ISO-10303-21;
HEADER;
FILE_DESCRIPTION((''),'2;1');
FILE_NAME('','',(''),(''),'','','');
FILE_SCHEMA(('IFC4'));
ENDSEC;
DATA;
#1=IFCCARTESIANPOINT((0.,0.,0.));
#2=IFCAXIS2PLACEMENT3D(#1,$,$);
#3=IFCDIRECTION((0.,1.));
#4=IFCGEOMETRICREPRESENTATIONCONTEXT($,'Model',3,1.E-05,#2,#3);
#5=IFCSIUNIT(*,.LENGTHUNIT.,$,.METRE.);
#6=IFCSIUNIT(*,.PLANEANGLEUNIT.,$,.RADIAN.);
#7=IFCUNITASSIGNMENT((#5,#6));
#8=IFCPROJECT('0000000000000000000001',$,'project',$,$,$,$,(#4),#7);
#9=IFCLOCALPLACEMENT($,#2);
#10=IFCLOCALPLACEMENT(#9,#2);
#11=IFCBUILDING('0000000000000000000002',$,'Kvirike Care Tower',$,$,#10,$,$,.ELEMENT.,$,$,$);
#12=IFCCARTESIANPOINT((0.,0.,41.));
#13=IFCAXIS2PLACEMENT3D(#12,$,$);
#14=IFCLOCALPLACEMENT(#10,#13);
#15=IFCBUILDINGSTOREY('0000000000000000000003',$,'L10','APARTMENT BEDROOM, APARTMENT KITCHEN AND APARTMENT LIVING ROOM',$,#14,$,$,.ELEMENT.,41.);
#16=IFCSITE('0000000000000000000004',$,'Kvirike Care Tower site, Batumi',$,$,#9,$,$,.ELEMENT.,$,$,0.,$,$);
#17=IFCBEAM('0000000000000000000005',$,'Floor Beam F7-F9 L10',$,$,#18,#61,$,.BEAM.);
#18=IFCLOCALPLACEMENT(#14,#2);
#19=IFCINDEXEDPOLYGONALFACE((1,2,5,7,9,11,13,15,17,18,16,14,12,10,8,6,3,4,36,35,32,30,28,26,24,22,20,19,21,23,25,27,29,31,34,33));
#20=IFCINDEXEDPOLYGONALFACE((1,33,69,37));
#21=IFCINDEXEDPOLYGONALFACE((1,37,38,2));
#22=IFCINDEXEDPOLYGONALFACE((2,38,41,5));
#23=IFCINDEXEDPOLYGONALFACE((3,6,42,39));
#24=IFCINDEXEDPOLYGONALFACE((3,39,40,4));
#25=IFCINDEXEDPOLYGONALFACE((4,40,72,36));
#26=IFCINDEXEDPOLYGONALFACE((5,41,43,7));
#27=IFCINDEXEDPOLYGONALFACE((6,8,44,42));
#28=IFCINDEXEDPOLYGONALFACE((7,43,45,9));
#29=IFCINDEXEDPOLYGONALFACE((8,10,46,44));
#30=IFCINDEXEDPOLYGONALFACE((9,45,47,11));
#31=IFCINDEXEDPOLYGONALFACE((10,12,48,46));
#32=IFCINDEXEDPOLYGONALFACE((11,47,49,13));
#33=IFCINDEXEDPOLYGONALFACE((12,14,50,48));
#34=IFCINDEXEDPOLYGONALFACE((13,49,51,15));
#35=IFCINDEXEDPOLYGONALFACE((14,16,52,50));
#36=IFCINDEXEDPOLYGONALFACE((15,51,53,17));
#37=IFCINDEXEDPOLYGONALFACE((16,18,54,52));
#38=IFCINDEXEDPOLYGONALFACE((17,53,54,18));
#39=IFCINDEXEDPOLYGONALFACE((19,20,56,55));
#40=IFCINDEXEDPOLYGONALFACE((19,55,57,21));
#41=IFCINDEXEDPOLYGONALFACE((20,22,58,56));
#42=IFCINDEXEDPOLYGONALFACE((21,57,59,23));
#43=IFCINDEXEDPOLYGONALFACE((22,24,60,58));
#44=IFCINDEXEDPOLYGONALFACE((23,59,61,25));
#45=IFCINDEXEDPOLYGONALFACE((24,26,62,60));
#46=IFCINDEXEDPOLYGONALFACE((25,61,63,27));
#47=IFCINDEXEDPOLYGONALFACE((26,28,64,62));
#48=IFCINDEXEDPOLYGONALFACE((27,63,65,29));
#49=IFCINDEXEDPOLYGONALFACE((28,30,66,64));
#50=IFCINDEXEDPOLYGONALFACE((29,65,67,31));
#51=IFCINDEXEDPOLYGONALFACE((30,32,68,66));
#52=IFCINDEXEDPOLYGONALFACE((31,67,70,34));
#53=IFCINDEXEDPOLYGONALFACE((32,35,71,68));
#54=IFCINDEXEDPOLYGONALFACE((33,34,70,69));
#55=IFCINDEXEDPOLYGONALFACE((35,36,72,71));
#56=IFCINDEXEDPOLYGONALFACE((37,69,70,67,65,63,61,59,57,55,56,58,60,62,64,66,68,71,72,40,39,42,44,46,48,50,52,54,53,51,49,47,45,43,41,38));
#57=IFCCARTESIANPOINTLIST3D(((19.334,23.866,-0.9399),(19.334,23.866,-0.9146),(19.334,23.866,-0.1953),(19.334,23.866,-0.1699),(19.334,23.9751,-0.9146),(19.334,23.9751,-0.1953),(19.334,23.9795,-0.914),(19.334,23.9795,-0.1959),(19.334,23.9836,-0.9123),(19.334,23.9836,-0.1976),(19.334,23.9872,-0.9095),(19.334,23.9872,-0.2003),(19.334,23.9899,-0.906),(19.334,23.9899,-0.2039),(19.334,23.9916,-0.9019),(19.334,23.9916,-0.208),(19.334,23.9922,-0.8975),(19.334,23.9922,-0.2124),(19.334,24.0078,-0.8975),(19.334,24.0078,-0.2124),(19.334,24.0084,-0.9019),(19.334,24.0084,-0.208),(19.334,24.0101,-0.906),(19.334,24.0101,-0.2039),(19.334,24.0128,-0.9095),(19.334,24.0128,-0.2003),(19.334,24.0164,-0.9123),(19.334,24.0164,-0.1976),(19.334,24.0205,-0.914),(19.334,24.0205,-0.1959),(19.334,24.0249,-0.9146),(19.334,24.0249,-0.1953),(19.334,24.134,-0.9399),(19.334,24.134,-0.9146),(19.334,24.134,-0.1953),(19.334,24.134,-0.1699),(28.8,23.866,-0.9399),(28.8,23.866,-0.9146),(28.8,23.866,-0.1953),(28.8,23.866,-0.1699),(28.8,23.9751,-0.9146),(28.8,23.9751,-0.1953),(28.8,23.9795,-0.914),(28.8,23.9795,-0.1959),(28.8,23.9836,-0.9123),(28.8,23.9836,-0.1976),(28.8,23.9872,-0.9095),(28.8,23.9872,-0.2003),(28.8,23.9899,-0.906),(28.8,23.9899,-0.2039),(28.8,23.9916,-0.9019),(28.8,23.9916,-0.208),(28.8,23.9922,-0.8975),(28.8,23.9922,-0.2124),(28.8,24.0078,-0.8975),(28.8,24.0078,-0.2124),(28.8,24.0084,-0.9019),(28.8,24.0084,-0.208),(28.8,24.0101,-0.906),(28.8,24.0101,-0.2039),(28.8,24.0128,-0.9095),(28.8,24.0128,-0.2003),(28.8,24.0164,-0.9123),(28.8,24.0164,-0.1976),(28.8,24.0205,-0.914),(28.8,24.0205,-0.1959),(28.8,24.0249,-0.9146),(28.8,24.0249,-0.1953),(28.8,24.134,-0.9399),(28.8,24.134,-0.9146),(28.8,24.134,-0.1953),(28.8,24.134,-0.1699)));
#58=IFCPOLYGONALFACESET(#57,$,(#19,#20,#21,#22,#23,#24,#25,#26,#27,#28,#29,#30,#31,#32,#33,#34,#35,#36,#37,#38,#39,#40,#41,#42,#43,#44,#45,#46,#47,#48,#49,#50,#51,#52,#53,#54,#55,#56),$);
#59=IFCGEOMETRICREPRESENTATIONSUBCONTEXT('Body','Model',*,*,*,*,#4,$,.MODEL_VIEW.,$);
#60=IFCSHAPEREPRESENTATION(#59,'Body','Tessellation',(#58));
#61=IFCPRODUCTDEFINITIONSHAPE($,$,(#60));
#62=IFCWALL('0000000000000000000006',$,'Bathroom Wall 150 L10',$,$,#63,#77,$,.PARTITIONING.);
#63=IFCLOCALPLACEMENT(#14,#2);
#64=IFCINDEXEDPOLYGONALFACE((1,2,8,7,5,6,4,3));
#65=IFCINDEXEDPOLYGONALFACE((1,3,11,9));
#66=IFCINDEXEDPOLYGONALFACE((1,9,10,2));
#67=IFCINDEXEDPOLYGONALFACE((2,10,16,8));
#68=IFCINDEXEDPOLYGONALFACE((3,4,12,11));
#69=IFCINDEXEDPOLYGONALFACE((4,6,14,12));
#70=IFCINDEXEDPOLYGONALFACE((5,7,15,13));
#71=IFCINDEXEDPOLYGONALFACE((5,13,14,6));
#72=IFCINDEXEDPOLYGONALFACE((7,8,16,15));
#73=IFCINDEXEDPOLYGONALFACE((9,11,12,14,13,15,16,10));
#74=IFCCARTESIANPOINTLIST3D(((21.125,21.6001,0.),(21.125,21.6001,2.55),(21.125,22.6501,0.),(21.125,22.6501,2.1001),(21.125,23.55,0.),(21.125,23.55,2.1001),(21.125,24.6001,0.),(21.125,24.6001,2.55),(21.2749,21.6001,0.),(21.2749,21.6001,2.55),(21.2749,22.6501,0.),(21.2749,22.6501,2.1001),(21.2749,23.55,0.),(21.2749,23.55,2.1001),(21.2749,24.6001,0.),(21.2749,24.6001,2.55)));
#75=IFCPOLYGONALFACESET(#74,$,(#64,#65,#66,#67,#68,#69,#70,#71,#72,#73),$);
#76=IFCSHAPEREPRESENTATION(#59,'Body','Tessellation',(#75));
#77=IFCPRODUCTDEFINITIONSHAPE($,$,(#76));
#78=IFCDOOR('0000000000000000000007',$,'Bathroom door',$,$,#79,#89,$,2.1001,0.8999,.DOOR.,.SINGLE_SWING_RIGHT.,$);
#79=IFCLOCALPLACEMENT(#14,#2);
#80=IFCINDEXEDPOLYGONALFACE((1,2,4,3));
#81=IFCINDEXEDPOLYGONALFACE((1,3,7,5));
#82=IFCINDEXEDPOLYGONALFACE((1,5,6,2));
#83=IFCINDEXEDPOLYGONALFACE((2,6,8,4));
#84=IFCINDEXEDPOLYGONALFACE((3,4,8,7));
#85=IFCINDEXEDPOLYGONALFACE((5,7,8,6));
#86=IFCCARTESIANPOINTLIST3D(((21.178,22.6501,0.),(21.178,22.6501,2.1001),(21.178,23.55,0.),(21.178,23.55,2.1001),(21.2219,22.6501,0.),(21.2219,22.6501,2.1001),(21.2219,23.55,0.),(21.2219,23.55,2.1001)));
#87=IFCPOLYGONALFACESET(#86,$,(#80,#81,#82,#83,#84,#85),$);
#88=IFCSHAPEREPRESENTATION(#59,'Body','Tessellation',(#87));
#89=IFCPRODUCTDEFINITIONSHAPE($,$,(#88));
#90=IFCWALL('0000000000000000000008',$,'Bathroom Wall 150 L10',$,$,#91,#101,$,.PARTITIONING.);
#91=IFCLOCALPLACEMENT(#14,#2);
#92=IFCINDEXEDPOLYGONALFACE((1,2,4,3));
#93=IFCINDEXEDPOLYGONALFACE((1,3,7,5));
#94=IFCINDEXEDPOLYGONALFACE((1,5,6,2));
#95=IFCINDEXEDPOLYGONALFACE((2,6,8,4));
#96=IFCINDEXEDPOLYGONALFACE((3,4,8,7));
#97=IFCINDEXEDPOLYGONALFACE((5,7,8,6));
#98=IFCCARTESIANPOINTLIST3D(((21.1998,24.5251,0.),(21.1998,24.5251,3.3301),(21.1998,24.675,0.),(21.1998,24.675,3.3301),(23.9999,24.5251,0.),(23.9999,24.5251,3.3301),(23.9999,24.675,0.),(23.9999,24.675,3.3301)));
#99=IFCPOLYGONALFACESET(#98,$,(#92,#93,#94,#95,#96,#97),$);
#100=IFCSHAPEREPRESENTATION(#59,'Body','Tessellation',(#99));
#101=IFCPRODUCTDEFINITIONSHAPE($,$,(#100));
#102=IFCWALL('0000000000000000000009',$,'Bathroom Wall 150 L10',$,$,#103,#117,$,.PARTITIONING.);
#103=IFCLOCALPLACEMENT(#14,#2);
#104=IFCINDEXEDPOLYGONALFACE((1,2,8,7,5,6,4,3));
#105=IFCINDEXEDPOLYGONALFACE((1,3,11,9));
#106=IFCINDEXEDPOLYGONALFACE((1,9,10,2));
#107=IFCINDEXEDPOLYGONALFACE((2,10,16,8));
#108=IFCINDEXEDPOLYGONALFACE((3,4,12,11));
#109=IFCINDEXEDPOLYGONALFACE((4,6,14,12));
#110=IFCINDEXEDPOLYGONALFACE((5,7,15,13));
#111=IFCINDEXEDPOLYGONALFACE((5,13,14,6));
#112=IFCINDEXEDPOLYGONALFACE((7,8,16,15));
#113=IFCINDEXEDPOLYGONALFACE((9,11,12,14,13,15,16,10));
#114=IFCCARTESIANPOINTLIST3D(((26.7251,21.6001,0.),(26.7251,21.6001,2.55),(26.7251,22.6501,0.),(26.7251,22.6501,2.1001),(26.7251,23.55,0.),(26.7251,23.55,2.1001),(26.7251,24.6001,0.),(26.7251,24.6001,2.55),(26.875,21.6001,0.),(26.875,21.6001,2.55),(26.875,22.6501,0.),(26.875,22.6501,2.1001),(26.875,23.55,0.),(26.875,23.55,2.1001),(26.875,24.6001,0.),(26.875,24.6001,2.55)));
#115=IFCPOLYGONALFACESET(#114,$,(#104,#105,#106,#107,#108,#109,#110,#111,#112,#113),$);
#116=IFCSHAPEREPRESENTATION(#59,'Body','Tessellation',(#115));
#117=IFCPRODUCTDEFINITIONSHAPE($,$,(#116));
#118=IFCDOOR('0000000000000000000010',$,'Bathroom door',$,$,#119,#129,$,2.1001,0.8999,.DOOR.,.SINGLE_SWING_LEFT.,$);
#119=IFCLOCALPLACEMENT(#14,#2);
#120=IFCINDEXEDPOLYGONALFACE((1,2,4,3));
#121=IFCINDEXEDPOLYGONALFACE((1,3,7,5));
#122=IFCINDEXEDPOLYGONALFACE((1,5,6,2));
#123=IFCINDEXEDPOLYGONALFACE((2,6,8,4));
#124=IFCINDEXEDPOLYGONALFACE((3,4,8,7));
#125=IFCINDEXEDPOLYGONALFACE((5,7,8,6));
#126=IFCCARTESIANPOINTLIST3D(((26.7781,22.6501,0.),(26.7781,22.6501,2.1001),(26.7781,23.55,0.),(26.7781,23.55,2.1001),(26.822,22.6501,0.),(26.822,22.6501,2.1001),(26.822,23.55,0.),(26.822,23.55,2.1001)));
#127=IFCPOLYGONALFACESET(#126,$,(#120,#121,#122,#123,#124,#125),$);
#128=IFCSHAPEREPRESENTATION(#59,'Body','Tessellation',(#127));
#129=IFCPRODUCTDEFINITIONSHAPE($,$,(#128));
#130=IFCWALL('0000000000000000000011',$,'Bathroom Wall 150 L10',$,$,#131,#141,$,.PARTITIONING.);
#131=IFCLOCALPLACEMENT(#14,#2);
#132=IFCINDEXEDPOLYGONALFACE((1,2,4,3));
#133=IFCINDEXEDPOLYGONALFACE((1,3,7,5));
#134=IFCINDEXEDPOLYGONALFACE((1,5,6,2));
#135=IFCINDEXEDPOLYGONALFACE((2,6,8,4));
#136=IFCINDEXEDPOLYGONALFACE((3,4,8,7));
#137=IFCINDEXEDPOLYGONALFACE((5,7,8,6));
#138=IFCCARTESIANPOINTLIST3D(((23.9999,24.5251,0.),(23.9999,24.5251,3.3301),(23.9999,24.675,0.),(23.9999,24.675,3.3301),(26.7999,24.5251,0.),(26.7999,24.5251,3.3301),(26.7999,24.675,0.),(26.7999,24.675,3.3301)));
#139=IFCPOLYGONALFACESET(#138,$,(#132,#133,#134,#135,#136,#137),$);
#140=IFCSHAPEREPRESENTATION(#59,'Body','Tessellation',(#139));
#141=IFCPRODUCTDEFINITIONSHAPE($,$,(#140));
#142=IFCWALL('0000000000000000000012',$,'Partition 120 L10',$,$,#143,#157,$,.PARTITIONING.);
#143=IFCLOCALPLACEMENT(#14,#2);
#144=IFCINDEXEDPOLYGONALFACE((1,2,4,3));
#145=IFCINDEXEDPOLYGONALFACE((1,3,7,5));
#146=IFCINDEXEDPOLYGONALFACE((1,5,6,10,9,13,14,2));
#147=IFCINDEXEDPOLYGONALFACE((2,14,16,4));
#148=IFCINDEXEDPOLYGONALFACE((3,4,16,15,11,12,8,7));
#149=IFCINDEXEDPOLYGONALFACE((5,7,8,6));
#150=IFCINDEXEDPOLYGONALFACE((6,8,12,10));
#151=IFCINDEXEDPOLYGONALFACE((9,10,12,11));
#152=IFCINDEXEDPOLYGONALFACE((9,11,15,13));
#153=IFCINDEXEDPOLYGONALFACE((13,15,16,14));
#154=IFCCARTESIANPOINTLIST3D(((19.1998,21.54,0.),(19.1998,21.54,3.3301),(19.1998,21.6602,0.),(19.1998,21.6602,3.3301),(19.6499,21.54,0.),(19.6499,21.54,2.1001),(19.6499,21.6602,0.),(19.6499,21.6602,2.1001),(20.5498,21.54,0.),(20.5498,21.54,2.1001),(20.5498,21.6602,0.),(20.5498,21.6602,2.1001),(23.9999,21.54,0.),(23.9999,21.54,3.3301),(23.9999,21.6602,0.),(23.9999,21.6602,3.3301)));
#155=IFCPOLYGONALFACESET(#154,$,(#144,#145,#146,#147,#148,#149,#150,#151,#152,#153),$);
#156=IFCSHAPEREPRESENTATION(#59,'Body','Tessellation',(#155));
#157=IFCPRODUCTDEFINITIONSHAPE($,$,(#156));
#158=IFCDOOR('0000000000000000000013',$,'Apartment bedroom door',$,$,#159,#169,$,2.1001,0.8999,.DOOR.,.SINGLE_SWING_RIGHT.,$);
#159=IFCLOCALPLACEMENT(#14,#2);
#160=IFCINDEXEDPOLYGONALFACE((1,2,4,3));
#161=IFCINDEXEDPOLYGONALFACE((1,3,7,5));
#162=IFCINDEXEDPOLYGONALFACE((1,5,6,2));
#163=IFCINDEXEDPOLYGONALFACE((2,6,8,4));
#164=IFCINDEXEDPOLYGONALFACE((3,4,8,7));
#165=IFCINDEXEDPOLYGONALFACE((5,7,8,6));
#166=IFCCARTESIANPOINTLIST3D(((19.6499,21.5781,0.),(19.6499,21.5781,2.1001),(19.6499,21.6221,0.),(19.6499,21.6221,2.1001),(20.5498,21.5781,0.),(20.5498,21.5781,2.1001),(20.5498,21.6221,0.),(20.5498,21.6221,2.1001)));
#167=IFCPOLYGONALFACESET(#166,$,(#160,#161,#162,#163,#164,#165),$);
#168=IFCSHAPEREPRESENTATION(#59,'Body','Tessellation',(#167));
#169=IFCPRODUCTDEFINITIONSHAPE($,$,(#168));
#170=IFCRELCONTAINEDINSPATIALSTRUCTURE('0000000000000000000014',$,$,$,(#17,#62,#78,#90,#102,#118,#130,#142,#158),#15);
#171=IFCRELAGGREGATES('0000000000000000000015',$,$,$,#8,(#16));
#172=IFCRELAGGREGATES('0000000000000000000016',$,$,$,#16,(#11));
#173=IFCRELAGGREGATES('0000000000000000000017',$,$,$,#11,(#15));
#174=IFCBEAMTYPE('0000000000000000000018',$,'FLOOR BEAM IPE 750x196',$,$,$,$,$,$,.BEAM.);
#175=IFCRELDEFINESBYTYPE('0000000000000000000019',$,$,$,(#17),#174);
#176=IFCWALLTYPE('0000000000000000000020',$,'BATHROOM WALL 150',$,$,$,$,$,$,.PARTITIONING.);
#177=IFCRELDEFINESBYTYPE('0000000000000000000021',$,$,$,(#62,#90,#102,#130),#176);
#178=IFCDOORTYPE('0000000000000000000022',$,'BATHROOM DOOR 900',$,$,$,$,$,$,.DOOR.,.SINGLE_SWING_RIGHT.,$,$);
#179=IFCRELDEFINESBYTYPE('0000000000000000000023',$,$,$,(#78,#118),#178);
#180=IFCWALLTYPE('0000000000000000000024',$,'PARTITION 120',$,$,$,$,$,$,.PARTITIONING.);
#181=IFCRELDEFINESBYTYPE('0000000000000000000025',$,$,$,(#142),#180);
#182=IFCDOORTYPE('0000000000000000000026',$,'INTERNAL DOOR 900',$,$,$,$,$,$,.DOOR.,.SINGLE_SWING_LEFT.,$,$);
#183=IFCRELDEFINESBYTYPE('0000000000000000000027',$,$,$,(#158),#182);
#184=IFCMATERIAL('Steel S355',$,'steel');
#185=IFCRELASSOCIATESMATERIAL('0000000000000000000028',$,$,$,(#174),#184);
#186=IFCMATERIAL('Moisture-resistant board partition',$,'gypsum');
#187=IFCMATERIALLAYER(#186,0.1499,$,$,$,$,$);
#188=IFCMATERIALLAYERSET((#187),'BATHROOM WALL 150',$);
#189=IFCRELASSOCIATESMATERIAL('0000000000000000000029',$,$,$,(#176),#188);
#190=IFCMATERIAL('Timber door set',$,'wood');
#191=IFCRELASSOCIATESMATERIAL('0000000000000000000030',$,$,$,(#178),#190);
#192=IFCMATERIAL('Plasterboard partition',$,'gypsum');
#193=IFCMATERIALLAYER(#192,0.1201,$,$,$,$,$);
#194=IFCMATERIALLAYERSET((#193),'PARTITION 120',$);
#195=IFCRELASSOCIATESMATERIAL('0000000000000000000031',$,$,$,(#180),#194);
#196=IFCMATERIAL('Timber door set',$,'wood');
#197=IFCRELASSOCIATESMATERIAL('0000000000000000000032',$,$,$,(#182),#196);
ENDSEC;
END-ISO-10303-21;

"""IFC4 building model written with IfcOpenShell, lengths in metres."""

from ifc_helpers import new_model, si_unit, direction, frame, frame_2d, origin, origin_2d, place, context, subcontext, project, spatial, rectangle, i_section, extrude, material, layer, layer_set, material_profile, profile_set, type_object, element, fill, save


model = new_model("IFC4")

# Units and contexts
model_context = context("Model", 3, precision=1e-05, world=origin(), true_north=direction((0.0, 1.0)))
body_context = subcontext(model_context, "Body", "Model", "MODEL_VIEW")
ifc_project = project(units=[si_unit("LENGTHUNIT", "METRE"), si_unit("PLANEANGLEUNIT", "RADIAN")], contexts=[model_context])

# Site, building, storey
site_placement = place(None, origin())
site = spatial("IfcSite", under=ifc_project, at=site_placement, Name="Kvirike Care Tower site, Batumi", CompositionType="ELEMENT", RefElevation=0.0)
building_placement = place(site_placement, origin())
building = spatial("IfcBuilding", under=site, at=building_placement, Name="Kvirike Care Tower", CompositionType="ELEMENT")
storey_placement = place(building_placement, frame((0.0, 0.0, 41.0)))
storey = spatial("IfcBuildingStorey", under=building, at=storey_placement, Name="L10", Description="APARTMENT BEDROOM, APARTMENT KITCHEN AND APARTMENT LIVING ROOM", CompositionType="ELEMENT", Elevation=41.0)

# Beam
ifc_material_1 = material(Name="Steel S355", Category="steel")
ifc_material_profile = material_profile(ifc_material_1, i_section(OverallWidth=0.2681, OverallDepth=0.77, WebThickness=0.0156, FlangeThickness=0.0254, FilletRadius=0.0171, at=origin_2d()), Name="IPE 750x196")
ifc_profile_set = profile_set([ifc_material_profile], Name="Steel S355")
beam_type = type_object("IfcBeamType", Name="FLOOR BEAM IPE 750x196", PredefinedType="BEAM", material=ifc_profile_set)
beam_placement = place(storey_placement, frame((19.334, 24.0, -0.5549), z_axis=(1.0, 0.0, 0.0), x_axis=(0.0, 1.0, 0.0)))
element("IfcBeam", 1, at=beam_placement, inside=storey, type_object=beam_type, Name="Floor Beam F7-F9 L10", PredefinedType="BEAM", context=body_context, shape_type="SweptSolid", body=[
    extrude(i_section(OverallWidth=0.2681, OverallDepth=0.77, WebThickness=0.0156, FlangeThickness=0.0254, FilletRadius=0.0171, at=origin_2d()), origin(), (0.0, 0.0, 1.0), 9.4661),
])

# Wall, opening, door
ifc_material_2 = material(Name="Moisture-resistant board partition", Category="gypsum")
ifc_layer_1 = layer(ifc_material_2, 0.1499)
ifc_layer_set_1 = layer_set([ifc_layer_1], Name="BATHROOM WALL 150")
wall_type_1 = type_object("IfcWallType", Name="BATHROOM WALL 150", PredefinedType="PARTITIONING", material=ifc_layer_set_1)
wall_1_placement = place(storey_placement, frame((21.2, 21.6001, 0.0), z_axis=(0.0, 0.0, 1.0), x_axis=(0.0, 1.0, 0.0)))
wall_1 = element("IfcWall", 2, at=wall_1_placement, inside=storey, type_object=wall_type_1, Name="Bathroom Wall 150 L10", PredefinedType="PARTITIONING", context=body_context, shape_type="SweptSolid", body=[
    extrude(rectangle(XDim=3.0, YDim=0.1499, at=frame_2d((1.5, 0.0))), origin(), (0.0, 0.0, 1.0), 2.55),
])
opening_1_placement = place(wall_1_placement, frame((1.05, 0.0, 0.0)))
opening_1 = element("IfcOpeningElement", 3, at=opening_1_placement, cuts=wall_1, PredefinedType="OPENING", context=body_context, shape_type="SweptSolid", body=[
    extrude(rectangle(XDim=0.8999, YDim=2.1001, at=frame_2d((0.45, 1.05))), frame((0.0, 0.0854, 0.0), z_axis=(0.0, -1.0, 0.0), x_axis=(1.0, 0.0, 0.0)), (0.0, 0.0, 1.0), 0.1709),
])
ifc_material_3 = material(Name="Timber door set", Category="wood")
door_type_1 = type_object("IfcDoorType", Name="BATHROOM DOOR 900", OperationType="SINGLE_SWING_RIGHT", PredefinedType="DOOR", material=ifc_material_3)
door_1_placement = place(opening_1_placement, frame((0.8999, 0.0, 0.0), z_axis=(0.0, 0.0, 1.0), x_axis=(-1.0, 0.0, 0.0)))
door_1 = element("IfcDoor", 4, at=door_1_placement, inside=storey, type_object=door_type_1, Name="Bathroom door", OperationType="SINGLE_SWING_RIGHT", OverallHeight=2.1001, OverallWidth=0.8999, PredefinedType="DOOR", context=body_context, shape_type="SweptSolid", body=[
    extrude(rectangle(XDim=0.8999, YDim=2.1001, at=frame_2d((0.45, 1.05))), frame((0.0, 0.022, 0.0), z_axis=(0.0, -1.0, 0.0), x_axis=(1.0, 0.0, 0.0)), (0.0, 0.0, 1.0), 0.0439),
])
fill(opening_1, door_1)

# Wall
wall_2_placement = place(storey_placement, frame((21.2, 24.6001, 0.0), z_axis=(0.0, 0.0, 1.0), x_axis=(1.0, 0.0, 0.0)))
element("IfcWall", 5, at=wall_2_placement, inside=storey, type_object=wall_type_1, Name="Bathroom Wall 150 L10", PredefinedType="PARTITIONING", context=body_context, shape_type="SweptSolid", body=[
    extrude(rectangle(XDim=2.8, YDim=0.1499, at=frame_2d((1.3999, 0.0))), origin(), (0.0, 0.0, 1.0), 3.3301),
])

# Wall, opening, door
wall_3_placement = place(storey_placement, frame((26.8, 21.6001, 0.0), z_axis=(0.0, 0.0, 1.0), x_axis=(0.0, 1.0, 0.0)))
wall_3 = element("IfcWall", 6, at=wall_3_placement, inside=storey, type_object=wall_type_1, Name="Bathroom Wall 150 L10", PredefinedType="PARTITIONING", context=body_context, shape_type="SweptSolid", body=[
    extrude(rectangle(XDim=3.0, YDim=0.1499, at=frame_2d((1.5, 0.0))), origin(), (0.0, 0.0, 1.0), 2.55),
])
opening_2_placement = place(wall_3_placement, frame((1.05, 0.0, 0.0)))
opening_2 = element("IfcOpeningElement", 7, at=opening_2_placement, cuts=wall_3, PredefinedType="OPENING", context=body_context, shape_type="SweptSolid", body=[
    extrude(rectangle(XDim=0.8999, YDim=2.1001, at=frame_2d((0.45, 1.05))), frame((0.0, 0.0854, 0.0), z_axis=(0.0, -1.0, 0.0), x_axis=(1.0, 0.0, 0.0)), (0.0, 0.0, 1.0), 0.1709),
])
door_2_placement = place(opening_2_placement, origin())
door_2 = element("IfcDoor", 8, at=door_2_placement, inside=storey, type_object=door_type_1, Name="Bathroom door", OperationType="SINGLE_SWING_LEFT", OverallHeight=2.1001, OverallWidth=0.8999, PredefinedType="DOOR", context=body_context, shape_type="SweptSolid", body=[
    extrude(rectangle(XDim=0.8999, YDim=2.1001, at=frame_2d((0.45, 1.05))), frame((0.0, 0.022, 0.0), z_axis=(0.0, -1.0, 0.0), x_axis=(1.0, 0.0, 0.0)), (0.0, 0.0, 1.0), 0.0439),
])
fill(opening_2, door_2)

# Wall
wall_4_placement = place(storey_placement, frame((24.0, 24.6001, 0.0), z_axis=(0.0, 0.0, 1.0), x_axis=(1.0, 0.0, 0.0)))
element("IfcWall", 9, at=wall_4_placement, inside=storey, type_object=wall_type_1, Name="Bathroom Wall 150 L10", PredefinedType="PARTITIONING", context=body_context, shape_type="SweptSolid", body=[
    extrude(rectangle(XDim=2.8, YDim=0.1499, at=frame_2d((1.3999, 0.0))), origin(), (0.0, 0.0, 1.0), 3.3301),
])

# Wall, opening, door
ifc_material_4 = material(Name="Plasterboard partition", Category="gypsum")
ifc_layer_2 = layer(ifc_material_4, 0.1201)
ifc_layer_set_2 = layer_set([ifc_layer_2], Name="PARTITION 120")
wall_type_2 = type_object("IfcWallType", Name="PARTITION 120", PredefinedType="PARTITIONING", material=ifc_layer_set_2)
wall_5_placement = place(storey_placement, frame((19.2, 21.6001, 0.0), z_axis=(0.0, 0.0, 1.0), x_axis=(1.0, 0.0, 0.0)))
wall_5 = element("IfcWall", 10, at=wall_5_placement, inside=storey, type_object=wall_type_2, Name="Partition 120 L10", PredefinedType="PARTITIONING", context=body_context, shape_type="SweptSolid", body=[
    extrude(rectangle(XDim=4.8, YDim=0.1201, at=frame_2d((2.3999, 0.0))), origin(), (0.0, 0.0, 1.0), 3.3301),
])
opening_3_placement = place(wall_5_placement, frame((0.45, 0.0, 0.0)))
opening_3 = element("IfcOpeningElement", 11, at=opening_3_placement, cuts=wall_5, PredefinedType="OPENING", context=body_context, shape_type="SweptSolid", body=[
    extrude(rectangle(XDim=0.8999, YDim=2.1001, at=frame_2d((0.45, 1.05))), frame((0.0, 0.0706, 0.0), z_axis=(0.0, -1.0, 0.0), x_axis=(1.0, 0.0, 0.0)), (0.0, 0.0, 1.0), 0.1411),
])
ifc_material_5 = material(Name="Timber door set", Category="wood")
door_type_2 = type_object("IfcDoorType", Name="INTERNAL DOOR 900", OperationType="SINGLE_SWING_LEFT", PredefinedType="DOOR", material=ifc_material_5)
door_3_placement = place(opening_3_placement, origin())
door_3 = element("IfcDoor", 12, at=door_3_placement, inside=storey, type_object=door_type_2, Name="Apartment bedroom door", OperationType="SINGLE_SWING_RIGHT", OverallHeight=2.1001, OverallWidth=0.8999, PredefinedType="DOOR", context=body_context, shape_type="SweptSolid", body=[
    extrude(rectangle(XDim=0.8999, YDim=2.1001, at=frame_2d((0.45, 1.05))), frame((0.0, 0.022, 0.0), z_axis=(0.0, -1.0, 0.0), x_axis=(1.0, 0.0, 0.0)), (0.0, 0.0, 1.0), 0.0439),
])
fill(opening_3, door_3)

save(model, "model.ifc")
